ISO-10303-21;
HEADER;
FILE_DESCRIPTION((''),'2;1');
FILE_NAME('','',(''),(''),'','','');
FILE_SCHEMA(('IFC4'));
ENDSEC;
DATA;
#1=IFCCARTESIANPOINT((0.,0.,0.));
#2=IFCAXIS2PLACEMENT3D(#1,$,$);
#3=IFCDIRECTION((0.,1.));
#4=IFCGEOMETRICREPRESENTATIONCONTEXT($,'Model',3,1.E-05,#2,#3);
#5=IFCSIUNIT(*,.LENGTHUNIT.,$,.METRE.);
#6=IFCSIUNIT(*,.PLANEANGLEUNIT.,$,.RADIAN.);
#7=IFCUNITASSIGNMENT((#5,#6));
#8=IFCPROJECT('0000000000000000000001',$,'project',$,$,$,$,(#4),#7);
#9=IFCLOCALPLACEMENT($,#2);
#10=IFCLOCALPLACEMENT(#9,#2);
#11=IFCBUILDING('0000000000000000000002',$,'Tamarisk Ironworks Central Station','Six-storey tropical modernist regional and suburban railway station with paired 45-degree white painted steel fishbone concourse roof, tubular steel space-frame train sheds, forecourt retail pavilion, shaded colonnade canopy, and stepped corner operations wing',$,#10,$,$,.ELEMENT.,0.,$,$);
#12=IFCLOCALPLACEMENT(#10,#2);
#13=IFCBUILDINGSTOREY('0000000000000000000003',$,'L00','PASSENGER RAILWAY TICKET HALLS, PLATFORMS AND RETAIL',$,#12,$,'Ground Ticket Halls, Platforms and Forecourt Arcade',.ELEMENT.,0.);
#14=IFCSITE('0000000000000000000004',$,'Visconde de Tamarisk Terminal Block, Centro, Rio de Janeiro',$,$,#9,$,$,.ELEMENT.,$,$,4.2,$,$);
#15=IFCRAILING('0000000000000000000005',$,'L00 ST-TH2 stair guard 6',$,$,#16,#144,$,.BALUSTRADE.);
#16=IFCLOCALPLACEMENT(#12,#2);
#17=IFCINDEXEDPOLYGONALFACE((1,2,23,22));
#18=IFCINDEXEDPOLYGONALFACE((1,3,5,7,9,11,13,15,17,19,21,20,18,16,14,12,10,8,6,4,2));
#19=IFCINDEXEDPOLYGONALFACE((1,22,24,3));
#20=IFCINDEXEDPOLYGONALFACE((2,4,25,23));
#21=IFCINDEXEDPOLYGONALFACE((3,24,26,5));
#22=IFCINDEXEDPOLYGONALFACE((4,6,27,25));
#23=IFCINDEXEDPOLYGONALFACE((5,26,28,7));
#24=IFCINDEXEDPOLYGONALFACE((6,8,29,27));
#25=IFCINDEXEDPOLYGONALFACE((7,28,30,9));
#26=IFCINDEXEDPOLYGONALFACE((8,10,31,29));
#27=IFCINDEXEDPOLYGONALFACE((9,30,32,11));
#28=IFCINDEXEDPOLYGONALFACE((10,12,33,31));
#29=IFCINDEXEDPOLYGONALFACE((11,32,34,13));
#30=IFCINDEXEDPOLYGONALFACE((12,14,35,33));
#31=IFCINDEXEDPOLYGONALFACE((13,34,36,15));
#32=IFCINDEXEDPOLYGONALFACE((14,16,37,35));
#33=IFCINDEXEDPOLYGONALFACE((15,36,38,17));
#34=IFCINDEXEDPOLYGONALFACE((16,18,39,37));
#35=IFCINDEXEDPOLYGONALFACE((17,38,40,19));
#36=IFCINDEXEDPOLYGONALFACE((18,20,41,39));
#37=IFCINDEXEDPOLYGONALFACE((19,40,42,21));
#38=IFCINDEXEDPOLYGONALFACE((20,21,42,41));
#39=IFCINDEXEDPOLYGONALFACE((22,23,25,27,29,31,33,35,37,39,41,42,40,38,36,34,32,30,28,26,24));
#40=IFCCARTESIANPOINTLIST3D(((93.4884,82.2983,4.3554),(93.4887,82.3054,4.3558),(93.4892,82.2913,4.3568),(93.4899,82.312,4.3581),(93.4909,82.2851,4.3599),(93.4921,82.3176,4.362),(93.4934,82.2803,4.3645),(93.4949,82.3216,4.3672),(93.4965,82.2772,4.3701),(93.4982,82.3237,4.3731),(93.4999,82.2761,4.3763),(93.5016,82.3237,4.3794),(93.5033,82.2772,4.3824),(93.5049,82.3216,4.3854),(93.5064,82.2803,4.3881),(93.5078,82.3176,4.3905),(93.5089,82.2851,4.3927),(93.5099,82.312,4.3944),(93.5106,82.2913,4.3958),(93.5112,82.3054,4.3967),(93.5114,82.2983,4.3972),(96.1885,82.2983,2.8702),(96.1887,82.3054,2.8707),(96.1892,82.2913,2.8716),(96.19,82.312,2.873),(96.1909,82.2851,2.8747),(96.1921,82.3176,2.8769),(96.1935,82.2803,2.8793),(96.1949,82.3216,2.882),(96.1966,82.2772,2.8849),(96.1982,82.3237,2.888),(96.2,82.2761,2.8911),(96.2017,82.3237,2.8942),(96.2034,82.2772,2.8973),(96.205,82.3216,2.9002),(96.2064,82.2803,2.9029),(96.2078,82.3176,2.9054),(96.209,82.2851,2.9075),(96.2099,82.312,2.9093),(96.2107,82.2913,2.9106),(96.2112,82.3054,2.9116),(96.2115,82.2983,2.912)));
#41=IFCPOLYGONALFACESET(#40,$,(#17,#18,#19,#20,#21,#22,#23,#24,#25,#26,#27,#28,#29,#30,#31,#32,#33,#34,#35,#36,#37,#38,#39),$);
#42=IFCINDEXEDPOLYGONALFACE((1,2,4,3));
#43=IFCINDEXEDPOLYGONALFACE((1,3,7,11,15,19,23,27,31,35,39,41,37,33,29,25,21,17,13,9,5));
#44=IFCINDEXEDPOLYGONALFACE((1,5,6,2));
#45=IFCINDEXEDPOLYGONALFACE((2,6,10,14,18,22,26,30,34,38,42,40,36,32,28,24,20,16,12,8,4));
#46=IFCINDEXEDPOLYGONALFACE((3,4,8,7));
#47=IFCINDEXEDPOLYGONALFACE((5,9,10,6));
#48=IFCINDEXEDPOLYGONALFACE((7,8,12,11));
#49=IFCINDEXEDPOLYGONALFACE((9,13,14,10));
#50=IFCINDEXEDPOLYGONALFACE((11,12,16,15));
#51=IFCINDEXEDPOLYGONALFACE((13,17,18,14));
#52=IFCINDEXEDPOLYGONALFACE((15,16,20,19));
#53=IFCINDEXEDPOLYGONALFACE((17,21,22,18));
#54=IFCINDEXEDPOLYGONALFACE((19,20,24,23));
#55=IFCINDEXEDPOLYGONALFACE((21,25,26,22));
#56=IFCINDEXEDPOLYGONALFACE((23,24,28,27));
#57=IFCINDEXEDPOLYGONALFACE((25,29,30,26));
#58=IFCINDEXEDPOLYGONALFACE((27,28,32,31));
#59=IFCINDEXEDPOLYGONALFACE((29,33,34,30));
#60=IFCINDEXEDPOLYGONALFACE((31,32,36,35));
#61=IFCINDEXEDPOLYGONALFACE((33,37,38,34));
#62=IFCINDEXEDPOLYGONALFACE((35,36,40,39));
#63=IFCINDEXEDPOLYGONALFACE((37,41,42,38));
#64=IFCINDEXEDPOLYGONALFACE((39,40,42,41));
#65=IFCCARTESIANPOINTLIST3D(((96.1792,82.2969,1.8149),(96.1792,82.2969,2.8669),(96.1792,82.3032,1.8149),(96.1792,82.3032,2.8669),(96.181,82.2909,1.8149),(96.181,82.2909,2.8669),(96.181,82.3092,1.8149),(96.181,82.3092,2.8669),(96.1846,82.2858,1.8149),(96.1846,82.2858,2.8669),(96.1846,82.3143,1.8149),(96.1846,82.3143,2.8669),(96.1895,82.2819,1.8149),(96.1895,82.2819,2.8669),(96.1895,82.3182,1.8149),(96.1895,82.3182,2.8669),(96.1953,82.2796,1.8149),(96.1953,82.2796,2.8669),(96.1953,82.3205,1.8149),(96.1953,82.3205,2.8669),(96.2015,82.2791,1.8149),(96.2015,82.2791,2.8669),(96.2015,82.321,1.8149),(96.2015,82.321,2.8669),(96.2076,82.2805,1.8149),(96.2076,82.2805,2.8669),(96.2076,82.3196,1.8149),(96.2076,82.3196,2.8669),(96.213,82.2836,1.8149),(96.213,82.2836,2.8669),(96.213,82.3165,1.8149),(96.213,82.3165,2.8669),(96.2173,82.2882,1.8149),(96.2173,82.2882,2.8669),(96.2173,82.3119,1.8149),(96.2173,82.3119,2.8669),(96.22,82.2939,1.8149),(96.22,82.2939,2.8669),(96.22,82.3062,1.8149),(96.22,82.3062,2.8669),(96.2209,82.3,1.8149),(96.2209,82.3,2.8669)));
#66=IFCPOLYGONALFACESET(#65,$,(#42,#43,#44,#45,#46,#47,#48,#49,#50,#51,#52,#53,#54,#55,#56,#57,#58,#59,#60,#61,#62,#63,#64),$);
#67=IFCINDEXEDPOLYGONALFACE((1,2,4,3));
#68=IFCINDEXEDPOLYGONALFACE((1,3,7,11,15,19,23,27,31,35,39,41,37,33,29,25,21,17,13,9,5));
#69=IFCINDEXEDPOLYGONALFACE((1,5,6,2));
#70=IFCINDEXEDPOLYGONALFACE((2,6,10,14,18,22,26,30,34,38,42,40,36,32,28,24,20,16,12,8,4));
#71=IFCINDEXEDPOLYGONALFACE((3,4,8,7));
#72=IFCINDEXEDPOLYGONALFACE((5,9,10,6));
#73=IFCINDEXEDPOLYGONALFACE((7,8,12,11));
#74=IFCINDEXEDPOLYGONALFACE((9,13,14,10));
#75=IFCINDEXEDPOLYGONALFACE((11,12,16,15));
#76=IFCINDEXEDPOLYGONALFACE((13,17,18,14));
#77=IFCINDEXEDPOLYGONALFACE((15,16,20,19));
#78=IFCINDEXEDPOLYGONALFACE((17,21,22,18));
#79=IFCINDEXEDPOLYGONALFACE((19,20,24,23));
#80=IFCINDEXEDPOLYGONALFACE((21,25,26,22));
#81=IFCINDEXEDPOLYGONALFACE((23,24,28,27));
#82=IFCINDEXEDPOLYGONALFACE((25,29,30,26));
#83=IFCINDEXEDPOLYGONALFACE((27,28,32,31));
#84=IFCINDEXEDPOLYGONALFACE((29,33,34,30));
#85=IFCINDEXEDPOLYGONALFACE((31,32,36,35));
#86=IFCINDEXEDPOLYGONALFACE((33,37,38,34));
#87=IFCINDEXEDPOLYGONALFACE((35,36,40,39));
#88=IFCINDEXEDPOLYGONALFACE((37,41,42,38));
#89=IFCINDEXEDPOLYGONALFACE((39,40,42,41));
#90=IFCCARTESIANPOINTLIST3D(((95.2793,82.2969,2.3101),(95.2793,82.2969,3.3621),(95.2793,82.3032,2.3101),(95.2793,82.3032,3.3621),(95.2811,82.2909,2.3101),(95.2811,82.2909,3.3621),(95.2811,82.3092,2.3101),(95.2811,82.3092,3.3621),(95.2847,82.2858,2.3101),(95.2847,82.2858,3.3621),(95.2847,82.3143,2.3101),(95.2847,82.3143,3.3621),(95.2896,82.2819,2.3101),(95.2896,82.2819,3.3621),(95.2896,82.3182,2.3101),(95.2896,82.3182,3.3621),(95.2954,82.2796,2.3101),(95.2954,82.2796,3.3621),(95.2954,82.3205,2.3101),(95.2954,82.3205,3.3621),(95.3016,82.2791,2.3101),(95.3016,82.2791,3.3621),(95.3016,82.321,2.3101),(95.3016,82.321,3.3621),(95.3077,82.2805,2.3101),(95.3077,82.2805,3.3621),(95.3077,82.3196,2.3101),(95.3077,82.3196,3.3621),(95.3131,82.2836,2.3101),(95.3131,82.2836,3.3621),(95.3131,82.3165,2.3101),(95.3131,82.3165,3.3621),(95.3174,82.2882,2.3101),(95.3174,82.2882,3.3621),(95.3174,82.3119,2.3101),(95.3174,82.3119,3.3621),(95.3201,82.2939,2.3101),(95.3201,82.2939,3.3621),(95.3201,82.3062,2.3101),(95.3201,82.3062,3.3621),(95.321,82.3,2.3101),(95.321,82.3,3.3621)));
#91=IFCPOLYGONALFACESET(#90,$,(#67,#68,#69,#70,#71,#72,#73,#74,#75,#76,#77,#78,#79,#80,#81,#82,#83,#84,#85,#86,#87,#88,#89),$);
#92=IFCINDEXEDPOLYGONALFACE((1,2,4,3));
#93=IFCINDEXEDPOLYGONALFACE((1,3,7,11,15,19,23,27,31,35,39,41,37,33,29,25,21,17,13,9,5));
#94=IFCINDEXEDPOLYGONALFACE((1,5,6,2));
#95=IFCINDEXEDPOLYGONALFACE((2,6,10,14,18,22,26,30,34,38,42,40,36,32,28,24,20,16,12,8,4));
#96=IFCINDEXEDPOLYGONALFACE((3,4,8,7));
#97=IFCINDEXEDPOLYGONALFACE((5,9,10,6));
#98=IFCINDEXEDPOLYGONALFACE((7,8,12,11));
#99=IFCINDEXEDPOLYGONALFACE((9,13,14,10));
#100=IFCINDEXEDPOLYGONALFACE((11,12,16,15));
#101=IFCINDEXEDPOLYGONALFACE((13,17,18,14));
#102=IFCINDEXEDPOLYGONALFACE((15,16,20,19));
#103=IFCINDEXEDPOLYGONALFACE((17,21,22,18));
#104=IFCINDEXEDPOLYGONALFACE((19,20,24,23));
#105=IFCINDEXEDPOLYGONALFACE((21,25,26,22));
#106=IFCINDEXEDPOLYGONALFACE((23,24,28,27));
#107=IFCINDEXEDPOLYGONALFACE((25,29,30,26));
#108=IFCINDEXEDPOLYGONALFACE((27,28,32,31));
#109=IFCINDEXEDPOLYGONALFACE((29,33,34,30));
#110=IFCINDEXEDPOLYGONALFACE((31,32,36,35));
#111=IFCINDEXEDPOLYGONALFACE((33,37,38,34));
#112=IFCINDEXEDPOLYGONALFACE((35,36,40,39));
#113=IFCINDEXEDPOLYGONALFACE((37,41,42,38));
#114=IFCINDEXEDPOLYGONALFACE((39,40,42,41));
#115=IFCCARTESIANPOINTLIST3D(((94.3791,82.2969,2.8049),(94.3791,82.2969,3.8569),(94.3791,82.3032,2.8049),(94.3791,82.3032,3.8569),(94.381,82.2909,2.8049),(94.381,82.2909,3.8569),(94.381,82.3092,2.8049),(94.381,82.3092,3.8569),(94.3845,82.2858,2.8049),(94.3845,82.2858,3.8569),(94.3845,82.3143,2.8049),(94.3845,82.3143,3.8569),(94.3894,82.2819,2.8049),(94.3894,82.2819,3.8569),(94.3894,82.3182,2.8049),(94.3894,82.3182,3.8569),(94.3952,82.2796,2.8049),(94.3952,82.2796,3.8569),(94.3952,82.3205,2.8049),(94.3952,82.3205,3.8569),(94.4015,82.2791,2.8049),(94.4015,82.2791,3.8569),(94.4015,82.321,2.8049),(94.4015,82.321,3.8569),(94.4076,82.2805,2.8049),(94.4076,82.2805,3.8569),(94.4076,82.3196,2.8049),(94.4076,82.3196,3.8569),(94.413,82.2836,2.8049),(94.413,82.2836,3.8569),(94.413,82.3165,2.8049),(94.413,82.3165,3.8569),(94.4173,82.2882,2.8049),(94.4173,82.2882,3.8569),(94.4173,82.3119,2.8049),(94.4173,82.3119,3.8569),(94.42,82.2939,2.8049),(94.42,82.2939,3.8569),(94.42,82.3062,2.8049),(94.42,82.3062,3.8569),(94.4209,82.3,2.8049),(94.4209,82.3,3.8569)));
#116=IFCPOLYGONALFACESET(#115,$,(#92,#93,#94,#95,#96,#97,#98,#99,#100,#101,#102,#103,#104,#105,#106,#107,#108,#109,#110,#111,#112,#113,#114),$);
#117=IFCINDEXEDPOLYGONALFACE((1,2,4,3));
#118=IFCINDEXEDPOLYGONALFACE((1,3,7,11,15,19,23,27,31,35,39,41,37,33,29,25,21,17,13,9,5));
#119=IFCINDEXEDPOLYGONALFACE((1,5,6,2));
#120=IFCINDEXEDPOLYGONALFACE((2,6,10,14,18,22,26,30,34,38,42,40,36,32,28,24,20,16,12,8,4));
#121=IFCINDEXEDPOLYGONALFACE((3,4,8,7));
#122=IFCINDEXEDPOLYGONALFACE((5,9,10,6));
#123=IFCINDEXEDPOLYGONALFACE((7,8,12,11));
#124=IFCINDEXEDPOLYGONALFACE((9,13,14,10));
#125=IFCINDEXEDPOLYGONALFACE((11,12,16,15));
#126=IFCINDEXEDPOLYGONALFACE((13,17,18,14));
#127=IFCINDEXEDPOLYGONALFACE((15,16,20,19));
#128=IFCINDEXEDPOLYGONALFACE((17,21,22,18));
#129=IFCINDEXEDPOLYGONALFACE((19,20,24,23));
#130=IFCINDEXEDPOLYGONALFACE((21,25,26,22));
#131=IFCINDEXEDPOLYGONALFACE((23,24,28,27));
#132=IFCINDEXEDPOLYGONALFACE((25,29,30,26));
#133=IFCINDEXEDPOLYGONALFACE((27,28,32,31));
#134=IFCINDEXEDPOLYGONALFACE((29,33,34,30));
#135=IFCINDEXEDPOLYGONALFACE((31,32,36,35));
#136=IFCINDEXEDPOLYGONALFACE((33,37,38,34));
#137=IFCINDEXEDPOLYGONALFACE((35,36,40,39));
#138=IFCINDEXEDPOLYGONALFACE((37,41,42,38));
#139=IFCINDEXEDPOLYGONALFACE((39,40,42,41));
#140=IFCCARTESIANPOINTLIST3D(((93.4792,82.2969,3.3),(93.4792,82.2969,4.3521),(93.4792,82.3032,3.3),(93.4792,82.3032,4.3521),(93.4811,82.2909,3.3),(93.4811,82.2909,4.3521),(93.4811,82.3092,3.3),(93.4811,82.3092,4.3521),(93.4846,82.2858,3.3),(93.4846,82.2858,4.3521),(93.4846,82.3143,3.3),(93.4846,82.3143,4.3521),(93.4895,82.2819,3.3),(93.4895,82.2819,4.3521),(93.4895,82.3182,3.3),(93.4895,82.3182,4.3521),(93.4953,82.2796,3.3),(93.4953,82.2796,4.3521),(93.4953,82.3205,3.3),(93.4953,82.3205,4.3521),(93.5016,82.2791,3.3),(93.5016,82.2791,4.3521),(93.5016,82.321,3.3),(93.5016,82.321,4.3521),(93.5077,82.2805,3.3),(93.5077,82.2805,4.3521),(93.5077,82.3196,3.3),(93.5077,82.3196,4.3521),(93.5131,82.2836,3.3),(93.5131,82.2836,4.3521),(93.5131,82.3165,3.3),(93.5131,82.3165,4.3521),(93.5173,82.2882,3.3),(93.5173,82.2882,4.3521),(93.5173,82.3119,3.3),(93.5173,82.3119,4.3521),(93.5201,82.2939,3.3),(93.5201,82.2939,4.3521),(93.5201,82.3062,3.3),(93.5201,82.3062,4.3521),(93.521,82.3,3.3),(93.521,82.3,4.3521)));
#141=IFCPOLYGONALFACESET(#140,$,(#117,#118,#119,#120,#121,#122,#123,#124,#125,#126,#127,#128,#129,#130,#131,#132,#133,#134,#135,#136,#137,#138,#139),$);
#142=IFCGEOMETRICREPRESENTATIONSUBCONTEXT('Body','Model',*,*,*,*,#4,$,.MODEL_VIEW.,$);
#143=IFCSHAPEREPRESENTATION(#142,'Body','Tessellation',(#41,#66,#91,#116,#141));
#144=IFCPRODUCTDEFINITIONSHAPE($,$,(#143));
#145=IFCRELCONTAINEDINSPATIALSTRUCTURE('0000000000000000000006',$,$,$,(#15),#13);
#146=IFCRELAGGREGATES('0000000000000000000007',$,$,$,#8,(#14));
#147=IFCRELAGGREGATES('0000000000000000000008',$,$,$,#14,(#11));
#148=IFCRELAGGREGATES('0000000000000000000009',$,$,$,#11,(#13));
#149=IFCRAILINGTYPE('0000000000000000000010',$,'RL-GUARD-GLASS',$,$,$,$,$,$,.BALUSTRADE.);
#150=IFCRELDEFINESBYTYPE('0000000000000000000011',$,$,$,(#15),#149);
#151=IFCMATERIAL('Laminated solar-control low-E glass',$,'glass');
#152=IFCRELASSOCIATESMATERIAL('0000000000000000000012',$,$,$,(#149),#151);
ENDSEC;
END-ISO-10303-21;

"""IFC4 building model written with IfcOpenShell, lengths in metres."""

from ifc_helpers import new_model, si_unit, direction, frame, origin, origin_2d, place, context, subcontext, project, spatial, circle, extrude, material, type_object, element, save


model = new_model("IFC4")

# Units and contexts
model_context = context("Model", 3, precision=1e-05, world=origin(), true_north=direction((0.0, 1.0)))
body_context = subcontext(model_context, "Body", "Model", "MODEL_VIEW")
ifc_project = project(units=[si_unit("LENGTHUNIT", "METRE"), si_unit("PLANEANGLEUNIT", "RADIAN")], contexts=[model_context])

# Site, building, storey
site_placement = place(None, origin())
site = spatial("IfcSite", under=ifc_project, at=site_placement, Name="Visconde de Tamarisk Terminal Block, Centro, Rio de Janeiro", CompositionType="ELEMENT", RefElevation=4.2)
building_placement = place(site_placement, origin())
building = spatial("IfcBuilding", under=site, at=building_placement, Name="Tamarisk Ironworks Central Station", Description="Six-storey tropical modernist regional and suburban railway station with paired 45-degree white painted steel fishbone concourse roof, tubular steel space-frame train sheds, forecourt retail pavilion, shaded colonnade canopy, and stepped corner operations wing", CompositionType="ELEMENT", ElevationOfRefHeight=0.0)
storey_placement = place(building_placement, origin())
storey = spatial("IfcBuildingStorey", under=building, at=storey_placement, Name="L00", Description="PASSENGER RAILWAY TICKET HALLS, PLATFORMS AND RETAIL", LongName="Ground Ticket Halls, Platforms and Forecourt Arcade", CompositionType="ELEMENT", Elevation=0.0)

# Railing
ifc_material_1 = material(Name="Laminated solar-control low-E glass", Category="glass")
railing_type_1 = type_object("IfcRailingType", Name="RL-GUARD-GLASS", PredefinedType="BALUSTRADE", material=ifc_material_1)
railing_1_placement = place(storey_placement, frame((96.2, 82.3, 1.8149)))
element("IfcRailing", 1, at=railing_1_placement, inside=storey, type_object=railing_type_1, Name="L00 ST-TH2 stair guard 6", PredefinedType="BALUSTRADE", context=body_context, shape_type="SweptSolid", body=[
    extrude(circle(Radius=0.0239, at=origin_2d()), frame((0.0, 0.0, 1.0762), z_axis=(-0.876198, 0.0, 0.481952), x_axis=(0.0, -1.0, 0.0)), (0.0, 0.0, 1.0), 3.0815),
    extrude(circle(Radius=0.021, at=origin_2d()), origin(), (0.0, 0.0, 1.0), 1.052),
    extrude(circle(Radius=0.021, at=origin_2d()), frame((-0.8999, 0.0, 0.4951)), (0.0, 0.0, 1.0), 1.052),
    extrude(circle(Radius=0.021, at=origin_2d()), frame((-1.8, 0.0, 0.99)), (0.0, 0.0, 1.0), 1.052),
    extrude(circle(Radius=0.021, at=origin_2d()), frame((-2.7, 0.0, 1.4851)), (0.0, 0.0, 1.0), 1.052),
])

save(model, "model.ifc")
